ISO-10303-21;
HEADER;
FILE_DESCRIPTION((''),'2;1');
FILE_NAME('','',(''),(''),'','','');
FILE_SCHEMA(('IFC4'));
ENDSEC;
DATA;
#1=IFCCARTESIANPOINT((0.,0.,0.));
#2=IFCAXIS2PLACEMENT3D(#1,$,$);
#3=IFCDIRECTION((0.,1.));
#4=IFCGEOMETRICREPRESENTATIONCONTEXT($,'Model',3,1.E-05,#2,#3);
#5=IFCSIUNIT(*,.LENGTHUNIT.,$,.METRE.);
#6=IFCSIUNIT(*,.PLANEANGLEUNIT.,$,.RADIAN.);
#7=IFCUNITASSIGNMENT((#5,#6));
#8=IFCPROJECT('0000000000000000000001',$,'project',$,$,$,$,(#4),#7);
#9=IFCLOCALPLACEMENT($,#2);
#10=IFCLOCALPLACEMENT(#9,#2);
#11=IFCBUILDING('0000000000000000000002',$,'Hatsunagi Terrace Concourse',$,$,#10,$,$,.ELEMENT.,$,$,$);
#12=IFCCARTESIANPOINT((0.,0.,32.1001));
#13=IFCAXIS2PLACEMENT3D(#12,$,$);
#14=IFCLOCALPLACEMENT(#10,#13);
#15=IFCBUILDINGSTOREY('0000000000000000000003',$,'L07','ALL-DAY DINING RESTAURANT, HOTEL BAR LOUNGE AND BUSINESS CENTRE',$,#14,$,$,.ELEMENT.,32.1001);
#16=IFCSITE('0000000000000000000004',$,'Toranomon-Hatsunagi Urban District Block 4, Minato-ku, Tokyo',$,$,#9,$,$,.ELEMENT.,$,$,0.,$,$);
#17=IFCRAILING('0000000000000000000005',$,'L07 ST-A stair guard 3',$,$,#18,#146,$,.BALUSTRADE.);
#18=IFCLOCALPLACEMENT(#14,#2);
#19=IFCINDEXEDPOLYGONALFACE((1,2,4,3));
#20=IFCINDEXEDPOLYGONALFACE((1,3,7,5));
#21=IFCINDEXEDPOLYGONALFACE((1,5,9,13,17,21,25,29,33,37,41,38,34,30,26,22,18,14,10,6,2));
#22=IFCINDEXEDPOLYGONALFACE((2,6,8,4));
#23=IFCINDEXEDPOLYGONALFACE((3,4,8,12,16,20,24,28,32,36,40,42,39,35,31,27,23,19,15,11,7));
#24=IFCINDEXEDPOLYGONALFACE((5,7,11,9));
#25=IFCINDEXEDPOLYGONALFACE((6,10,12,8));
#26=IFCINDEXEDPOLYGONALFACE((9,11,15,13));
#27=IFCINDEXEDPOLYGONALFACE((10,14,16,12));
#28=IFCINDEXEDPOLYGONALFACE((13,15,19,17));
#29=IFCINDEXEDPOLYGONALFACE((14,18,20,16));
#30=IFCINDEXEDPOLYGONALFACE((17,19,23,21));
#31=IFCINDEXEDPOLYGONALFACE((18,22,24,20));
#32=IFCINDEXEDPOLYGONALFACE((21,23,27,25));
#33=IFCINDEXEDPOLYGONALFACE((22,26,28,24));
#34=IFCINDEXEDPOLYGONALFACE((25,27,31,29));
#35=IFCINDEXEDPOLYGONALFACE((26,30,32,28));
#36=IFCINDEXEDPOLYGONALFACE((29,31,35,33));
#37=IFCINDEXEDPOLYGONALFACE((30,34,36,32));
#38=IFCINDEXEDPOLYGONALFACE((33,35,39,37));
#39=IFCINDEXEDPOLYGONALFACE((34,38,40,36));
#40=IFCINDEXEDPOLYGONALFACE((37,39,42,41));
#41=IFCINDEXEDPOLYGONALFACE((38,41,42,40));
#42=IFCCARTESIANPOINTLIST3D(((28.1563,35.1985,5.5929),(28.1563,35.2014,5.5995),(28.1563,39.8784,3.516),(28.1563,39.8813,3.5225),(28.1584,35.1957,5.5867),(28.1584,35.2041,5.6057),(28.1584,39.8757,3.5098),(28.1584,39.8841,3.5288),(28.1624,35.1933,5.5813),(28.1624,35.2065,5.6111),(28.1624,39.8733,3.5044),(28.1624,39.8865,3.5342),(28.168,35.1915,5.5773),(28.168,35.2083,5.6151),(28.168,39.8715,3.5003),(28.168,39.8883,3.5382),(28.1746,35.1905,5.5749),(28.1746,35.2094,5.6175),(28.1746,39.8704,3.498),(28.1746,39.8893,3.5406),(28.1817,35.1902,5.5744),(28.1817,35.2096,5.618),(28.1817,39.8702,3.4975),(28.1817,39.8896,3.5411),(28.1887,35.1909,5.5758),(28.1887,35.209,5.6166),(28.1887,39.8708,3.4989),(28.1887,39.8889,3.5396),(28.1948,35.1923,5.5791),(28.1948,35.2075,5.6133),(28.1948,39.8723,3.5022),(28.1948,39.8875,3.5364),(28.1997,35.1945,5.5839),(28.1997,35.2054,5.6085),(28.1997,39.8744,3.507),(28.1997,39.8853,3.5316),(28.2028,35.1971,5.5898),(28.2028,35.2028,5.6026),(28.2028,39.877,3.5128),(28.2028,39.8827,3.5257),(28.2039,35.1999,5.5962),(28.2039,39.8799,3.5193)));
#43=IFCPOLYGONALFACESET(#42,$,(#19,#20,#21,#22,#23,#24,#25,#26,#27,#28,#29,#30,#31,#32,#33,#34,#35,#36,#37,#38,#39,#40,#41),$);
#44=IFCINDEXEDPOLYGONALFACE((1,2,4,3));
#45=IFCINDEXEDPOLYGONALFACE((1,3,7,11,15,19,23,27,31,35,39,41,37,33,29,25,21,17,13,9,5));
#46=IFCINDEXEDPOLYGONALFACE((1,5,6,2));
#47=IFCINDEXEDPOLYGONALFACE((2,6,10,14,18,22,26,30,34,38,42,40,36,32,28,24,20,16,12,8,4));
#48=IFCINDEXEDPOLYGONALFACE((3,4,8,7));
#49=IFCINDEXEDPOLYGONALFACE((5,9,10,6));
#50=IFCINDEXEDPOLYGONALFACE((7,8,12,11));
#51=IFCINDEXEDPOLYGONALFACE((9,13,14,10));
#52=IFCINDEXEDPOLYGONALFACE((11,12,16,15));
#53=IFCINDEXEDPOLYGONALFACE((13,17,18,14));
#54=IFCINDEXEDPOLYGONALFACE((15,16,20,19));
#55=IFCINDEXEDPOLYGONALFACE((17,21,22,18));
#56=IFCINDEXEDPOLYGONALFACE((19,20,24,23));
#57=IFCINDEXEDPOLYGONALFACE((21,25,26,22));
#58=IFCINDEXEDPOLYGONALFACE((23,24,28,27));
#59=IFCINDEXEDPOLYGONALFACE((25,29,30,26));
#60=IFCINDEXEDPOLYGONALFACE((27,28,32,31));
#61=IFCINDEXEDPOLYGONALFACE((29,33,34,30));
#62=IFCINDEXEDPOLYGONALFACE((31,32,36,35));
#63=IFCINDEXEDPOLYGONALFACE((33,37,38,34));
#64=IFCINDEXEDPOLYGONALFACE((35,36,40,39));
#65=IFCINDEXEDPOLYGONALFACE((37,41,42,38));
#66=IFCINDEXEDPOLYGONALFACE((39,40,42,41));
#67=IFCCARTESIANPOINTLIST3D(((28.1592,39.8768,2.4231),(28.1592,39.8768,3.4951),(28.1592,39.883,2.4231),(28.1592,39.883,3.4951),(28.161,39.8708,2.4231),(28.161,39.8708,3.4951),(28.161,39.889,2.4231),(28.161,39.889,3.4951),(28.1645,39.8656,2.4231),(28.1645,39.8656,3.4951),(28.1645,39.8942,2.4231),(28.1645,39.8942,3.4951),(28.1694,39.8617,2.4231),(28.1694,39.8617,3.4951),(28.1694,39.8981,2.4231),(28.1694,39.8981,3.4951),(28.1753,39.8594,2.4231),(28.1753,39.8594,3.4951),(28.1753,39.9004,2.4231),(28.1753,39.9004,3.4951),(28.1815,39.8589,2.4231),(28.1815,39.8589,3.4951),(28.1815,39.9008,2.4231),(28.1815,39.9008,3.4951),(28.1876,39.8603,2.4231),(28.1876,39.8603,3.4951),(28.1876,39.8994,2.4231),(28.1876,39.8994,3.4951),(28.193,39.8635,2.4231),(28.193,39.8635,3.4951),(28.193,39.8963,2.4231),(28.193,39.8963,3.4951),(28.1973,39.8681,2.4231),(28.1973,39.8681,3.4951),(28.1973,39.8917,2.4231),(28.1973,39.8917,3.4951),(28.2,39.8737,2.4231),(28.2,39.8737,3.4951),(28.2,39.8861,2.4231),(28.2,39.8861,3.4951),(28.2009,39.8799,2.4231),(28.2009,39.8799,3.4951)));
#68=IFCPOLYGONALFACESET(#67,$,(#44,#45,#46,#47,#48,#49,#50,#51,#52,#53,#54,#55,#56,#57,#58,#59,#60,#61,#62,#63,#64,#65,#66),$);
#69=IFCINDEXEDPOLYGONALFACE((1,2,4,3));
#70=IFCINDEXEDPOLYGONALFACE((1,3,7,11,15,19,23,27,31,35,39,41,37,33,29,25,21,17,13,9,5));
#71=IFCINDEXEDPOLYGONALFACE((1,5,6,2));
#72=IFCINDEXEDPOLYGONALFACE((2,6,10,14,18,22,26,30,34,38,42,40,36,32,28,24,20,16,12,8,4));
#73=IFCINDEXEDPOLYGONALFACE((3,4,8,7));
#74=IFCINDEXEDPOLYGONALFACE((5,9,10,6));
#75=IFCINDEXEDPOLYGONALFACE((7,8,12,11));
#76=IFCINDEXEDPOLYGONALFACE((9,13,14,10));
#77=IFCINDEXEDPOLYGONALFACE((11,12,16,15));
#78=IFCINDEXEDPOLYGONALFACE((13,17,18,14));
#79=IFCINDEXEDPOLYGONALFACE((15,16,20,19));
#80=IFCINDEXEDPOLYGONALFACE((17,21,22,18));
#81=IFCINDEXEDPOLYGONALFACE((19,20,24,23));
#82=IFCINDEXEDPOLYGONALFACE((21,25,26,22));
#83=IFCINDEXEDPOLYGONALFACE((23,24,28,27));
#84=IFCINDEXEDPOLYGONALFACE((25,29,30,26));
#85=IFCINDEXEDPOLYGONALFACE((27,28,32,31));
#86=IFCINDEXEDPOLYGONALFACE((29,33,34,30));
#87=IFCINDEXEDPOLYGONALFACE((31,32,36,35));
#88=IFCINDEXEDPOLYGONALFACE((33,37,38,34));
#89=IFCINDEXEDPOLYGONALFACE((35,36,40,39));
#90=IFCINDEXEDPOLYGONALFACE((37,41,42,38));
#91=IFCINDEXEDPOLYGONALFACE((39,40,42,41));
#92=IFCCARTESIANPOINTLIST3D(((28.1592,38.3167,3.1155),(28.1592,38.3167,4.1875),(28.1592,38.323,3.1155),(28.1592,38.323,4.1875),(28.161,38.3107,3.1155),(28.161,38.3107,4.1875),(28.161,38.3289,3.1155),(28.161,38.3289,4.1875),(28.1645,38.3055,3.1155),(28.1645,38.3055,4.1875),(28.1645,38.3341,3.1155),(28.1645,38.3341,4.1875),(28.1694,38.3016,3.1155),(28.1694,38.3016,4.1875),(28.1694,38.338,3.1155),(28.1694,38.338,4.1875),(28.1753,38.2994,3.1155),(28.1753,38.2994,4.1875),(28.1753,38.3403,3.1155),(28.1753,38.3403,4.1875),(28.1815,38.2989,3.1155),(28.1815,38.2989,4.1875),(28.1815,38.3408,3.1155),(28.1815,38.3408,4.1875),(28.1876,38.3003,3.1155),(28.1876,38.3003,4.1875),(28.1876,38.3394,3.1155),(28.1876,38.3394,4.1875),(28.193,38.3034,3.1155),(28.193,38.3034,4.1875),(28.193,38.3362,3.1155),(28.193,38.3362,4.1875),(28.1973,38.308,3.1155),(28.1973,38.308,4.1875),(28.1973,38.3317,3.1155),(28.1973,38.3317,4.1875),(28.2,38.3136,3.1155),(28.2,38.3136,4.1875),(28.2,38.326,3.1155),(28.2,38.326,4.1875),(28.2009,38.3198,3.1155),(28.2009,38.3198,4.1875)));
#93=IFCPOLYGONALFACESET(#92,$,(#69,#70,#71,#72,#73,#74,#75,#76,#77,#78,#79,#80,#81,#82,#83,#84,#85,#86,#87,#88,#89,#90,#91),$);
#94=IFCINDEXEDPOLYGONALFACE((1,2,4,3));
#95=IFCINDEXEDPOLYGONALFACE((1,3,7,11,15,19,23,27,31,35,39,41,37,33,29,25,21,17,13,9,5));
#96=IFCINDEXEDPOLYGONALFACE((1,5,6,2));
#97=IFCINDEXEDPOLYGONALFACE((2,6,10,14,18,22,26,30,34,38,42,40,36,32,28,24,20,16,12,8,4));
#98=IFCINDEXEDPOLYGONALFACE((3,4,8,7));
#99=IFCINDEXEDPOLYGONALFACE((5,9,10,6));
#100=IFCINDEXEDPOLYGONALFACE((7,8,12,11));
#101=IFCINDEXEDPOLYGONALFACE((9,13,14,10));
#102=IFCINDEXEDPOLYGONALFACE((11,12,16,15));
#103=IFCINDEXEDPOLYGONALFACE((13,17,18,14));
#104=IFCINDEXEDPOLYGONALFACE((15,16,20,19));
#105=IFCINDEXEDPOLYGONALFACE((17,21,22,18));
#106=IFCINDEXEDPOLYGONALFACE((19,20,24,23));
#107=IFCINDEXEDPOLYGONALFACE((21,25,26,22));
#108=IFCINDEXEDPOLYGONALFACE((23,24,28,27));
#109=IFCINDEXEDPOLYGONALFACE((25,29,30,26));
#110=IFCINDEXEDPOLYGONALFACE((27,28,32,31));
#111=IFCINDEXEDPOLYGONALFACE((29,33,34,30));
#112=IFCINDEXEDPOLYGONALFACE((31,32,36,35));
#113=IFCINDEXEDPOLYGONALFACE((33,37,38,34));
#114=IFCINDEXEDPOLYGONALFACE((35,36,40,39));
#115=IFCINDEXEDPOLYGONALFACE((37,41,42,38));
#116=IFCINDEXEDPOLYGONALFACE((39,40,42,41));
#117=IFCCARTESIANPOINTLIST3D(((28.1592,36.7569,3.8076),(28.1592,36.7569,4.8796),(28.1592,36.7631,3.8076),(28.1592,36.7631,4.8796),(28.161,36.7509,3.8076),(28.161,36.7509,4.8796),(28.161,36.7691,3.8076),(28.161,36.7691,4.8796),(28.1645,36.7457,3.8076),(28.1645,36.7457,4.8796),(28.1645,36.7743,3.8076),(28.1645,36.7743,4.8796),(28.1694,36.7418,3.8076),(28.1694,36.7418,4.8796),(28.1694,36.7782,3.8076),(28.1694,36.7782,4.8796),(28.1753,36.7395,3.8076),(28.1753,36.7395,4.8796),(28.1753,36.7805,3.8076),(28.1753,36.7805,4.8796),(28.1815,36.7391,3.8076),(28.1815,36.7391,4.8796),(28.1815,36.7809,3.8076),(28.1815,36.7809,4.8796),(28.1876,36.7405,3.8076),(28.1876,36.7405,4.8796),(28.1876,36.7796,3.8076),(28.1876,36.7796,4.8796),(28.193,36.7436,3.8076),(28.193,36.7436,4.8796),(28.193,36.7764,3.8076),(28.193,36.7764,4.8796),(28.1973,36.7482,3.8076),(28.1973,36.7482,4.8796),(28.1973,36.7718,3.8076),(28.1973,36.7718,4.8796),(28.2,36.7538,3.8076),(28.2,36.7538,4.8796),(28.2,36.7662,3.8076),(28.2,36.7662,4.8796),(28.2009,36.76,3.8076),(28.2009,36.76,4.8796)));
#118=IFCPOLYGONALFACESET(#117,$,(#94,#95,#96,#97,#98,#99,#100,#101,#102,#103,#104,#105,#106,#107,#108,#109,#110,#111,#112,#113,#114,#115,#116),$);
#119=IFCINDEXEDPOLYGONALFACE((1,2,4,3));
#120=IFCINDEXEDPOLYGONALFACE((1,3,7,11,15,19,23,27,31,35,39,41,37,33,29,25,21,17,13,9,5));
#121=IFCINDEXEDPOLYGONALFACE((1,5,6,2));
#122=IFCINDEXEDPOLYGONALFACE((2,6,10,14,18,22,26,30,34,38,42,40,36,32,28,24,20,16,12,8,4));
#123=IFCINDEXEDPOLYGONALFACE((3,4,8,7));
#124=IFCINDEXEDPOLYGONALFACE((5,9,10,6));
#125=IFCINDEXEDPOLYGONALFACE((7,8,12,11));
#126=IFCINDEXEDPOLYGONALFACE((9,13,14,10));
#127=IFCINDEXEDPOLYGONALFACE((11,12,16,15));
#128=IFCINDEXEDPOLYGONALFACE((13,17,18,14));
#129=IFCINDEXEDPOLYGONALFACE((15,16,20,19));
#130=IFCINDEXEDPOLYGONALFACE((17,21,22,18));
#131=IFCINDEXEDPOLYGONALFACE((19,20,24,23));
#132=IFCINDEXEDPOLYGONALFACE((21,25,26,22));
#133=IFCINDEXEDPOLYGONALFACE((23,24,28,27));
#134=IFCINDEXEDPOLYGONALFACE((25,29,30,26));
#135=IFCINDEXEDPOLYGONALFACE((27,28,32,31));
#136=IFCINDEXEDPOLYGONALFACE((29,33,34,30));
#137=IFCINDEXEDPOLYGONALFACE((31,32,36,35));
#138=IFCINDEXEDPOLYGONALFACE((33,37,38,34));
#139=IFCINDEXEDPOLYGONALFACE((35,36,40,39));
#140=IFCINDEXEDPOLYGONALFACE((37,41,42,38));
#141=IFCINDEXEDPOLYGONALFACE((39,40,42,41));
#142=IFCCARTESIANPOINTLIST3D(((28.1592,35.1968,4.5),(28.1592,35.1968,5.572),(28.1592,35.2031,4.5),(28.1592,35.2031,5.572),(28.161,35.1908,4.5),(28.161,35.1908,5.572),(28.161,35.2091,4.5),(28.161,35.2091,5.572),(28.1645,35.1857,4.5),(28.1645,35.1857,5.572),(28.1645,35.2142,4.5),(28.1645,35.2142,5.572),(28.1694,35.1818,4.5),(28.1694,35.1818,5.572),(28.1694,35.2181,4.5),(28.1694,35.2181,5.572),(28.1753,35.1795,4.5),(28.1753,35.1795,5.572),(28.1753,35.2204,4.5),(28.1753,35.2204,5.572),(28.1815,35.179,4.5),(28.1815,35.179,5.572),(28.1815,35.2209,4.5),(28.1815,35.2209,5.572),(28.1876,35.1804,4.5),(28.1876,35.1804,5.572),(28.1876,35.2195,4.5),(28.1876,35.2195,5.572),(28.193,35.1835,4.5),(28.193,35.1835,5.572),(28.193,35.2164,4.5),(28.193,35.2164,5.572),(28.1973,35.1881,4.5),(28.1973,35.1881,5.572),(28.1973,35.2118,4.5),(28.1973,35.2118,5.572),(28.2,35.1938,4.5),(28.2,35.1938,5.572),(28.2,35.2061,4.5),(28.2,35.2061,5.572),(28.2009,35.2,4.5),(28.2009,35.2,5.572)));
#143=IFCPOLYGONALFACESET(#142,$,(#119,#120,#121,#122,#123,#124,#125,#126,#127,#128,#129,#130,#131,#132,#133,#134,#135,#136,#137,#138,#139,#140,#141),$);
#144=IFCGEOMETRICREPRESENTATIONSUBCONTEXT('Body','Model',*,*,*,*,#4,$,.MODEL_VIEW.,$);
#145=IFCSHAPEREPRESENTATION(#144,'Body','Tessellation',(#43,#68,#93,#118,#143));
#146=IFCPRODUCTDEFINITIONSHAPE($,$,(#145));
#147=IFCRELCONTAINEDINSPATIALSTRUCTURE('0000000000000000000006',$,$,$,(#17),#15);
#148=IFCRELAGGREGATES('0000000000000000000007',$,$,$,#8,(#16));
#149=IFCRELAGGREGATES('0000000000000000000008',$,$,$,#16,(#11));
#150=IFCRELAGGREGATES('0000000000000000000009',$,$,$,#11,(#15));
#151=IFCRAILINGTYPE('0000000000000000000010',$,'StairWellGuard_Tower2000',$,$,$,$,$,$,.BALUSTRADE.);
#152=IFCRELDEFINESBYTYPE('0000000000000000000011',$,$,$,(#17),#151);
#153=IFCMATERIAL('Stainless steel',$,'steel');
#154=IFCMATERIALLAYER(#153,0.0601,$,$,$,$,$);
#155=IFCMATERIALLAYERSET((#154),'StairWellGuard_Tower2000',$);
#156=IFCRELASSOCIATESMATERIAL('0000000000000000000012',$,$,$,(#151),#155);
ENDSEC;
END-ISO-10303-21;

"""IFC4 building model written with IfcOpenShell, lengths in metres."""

from ifc_helpers import new_model, si_unit, direction, frame, origin, origin_2d, place, context, subcontext, project, spatial, circle, extrude, material, layer, layer_set, type_object, element, save


model = new_model("IFC4")

# Units and contexts
model_context = context("Model", 3, precision=1e-05, world=origin(), true_north=direction((0.0, 1.0)))
body_context = subcontext(model_context, "Body", "Model", "MODEL_VIEW")
ifc_project = project(units=[si_unit("LENGTHUNIT", "METRE"), si_unit("PLANEANGLEUNIT", "RADIAN")], contexts=[model_context])

# Site, building, storey
site_placement = place(None, origin())
site = spatial("IfcSite", under=ifc_project, at=site_placement, Name="Toranomon-Hatsunagi Urban District Block 4, Minato-ku, Tokyo", CompositionType="ELEMENT", RefElevation=0.0)
building_placement = place(site_placement, origin())
building = spatial("IfcBuilding", under=site, at=building_placement, Name="Hatsunagi Terrace Concourse", CompositionType="ELEMENT")
storey_placement = place(building_placement, frame((0.0, 0.0, 32.1001)))
storey = spatial("IfcBuildingStorey", under=building, at=storey_placement, Name="L07", Description="ALL-DAY DINING RESTAURANT, HOTEL BAR LOUNGE AND BUSINESS CENTRE", CompositionType="ELEMENT", Elevation=32.1001)

# Railing
ifc_material_1 = material(Name="Stainless steel", Category="steel")
ifc_layer_1 = layer(ifc_material_1, 0.0601)
ifc_layer_set_1 = layer_set([ifc_layer_1], Name="StairWellGuard_Tower2000")
railing_type_1 = type_object("IfcRailingType", Name="StairWellGuard_Tower2000", PredefinedType="BALUSTRADE", material=ifc_layer_set_1)
railing_1_placement = place(storey_placement, frame((28.1799, 39.8799, 2.4231)))
element("IfcRailing", 1, at=railing_1_placement, inside=storey, type_object=railing_type_1, Name="L07 ST-A stair guard 3", PredefinedType="BALUSTRADE", context=body_context, shape_type="SweptSolid", body=[
    extrude(circle(Radius=0.0239, at=origin_2d()), frame((0.0, 0.0, 1.0962), z_axis=(0.0, -0.914034, 0.405638), x_axis=(1.0, 0.0, 0.0)), (0.0, 0.0, 1.0), 5.1201),
    extrude(circle(Radius=0.021, at=origin_2d()), origin(), (0.0, 0.0, 1.0), 1.072),
    extrude(circle(Radius=0.021, at=origin_2d()), frame((0.0, -1.5601, 0.6924)), (0.0, 0.0, 1.0), 1.072),
    extrude(circle(Radius=0.021, at=origin_2d()), frame((0.0, -3.1199, 1.3845)), (0.0, 0.0, 1.0), 1.072),
    extrude(circle(Radius=0.021, at=origin_2d()), frame((0.0, -4.6799, 2.0769)), (0.0, 0.0, 1.0), 1.072),
])

save(model, "model.ifc")
